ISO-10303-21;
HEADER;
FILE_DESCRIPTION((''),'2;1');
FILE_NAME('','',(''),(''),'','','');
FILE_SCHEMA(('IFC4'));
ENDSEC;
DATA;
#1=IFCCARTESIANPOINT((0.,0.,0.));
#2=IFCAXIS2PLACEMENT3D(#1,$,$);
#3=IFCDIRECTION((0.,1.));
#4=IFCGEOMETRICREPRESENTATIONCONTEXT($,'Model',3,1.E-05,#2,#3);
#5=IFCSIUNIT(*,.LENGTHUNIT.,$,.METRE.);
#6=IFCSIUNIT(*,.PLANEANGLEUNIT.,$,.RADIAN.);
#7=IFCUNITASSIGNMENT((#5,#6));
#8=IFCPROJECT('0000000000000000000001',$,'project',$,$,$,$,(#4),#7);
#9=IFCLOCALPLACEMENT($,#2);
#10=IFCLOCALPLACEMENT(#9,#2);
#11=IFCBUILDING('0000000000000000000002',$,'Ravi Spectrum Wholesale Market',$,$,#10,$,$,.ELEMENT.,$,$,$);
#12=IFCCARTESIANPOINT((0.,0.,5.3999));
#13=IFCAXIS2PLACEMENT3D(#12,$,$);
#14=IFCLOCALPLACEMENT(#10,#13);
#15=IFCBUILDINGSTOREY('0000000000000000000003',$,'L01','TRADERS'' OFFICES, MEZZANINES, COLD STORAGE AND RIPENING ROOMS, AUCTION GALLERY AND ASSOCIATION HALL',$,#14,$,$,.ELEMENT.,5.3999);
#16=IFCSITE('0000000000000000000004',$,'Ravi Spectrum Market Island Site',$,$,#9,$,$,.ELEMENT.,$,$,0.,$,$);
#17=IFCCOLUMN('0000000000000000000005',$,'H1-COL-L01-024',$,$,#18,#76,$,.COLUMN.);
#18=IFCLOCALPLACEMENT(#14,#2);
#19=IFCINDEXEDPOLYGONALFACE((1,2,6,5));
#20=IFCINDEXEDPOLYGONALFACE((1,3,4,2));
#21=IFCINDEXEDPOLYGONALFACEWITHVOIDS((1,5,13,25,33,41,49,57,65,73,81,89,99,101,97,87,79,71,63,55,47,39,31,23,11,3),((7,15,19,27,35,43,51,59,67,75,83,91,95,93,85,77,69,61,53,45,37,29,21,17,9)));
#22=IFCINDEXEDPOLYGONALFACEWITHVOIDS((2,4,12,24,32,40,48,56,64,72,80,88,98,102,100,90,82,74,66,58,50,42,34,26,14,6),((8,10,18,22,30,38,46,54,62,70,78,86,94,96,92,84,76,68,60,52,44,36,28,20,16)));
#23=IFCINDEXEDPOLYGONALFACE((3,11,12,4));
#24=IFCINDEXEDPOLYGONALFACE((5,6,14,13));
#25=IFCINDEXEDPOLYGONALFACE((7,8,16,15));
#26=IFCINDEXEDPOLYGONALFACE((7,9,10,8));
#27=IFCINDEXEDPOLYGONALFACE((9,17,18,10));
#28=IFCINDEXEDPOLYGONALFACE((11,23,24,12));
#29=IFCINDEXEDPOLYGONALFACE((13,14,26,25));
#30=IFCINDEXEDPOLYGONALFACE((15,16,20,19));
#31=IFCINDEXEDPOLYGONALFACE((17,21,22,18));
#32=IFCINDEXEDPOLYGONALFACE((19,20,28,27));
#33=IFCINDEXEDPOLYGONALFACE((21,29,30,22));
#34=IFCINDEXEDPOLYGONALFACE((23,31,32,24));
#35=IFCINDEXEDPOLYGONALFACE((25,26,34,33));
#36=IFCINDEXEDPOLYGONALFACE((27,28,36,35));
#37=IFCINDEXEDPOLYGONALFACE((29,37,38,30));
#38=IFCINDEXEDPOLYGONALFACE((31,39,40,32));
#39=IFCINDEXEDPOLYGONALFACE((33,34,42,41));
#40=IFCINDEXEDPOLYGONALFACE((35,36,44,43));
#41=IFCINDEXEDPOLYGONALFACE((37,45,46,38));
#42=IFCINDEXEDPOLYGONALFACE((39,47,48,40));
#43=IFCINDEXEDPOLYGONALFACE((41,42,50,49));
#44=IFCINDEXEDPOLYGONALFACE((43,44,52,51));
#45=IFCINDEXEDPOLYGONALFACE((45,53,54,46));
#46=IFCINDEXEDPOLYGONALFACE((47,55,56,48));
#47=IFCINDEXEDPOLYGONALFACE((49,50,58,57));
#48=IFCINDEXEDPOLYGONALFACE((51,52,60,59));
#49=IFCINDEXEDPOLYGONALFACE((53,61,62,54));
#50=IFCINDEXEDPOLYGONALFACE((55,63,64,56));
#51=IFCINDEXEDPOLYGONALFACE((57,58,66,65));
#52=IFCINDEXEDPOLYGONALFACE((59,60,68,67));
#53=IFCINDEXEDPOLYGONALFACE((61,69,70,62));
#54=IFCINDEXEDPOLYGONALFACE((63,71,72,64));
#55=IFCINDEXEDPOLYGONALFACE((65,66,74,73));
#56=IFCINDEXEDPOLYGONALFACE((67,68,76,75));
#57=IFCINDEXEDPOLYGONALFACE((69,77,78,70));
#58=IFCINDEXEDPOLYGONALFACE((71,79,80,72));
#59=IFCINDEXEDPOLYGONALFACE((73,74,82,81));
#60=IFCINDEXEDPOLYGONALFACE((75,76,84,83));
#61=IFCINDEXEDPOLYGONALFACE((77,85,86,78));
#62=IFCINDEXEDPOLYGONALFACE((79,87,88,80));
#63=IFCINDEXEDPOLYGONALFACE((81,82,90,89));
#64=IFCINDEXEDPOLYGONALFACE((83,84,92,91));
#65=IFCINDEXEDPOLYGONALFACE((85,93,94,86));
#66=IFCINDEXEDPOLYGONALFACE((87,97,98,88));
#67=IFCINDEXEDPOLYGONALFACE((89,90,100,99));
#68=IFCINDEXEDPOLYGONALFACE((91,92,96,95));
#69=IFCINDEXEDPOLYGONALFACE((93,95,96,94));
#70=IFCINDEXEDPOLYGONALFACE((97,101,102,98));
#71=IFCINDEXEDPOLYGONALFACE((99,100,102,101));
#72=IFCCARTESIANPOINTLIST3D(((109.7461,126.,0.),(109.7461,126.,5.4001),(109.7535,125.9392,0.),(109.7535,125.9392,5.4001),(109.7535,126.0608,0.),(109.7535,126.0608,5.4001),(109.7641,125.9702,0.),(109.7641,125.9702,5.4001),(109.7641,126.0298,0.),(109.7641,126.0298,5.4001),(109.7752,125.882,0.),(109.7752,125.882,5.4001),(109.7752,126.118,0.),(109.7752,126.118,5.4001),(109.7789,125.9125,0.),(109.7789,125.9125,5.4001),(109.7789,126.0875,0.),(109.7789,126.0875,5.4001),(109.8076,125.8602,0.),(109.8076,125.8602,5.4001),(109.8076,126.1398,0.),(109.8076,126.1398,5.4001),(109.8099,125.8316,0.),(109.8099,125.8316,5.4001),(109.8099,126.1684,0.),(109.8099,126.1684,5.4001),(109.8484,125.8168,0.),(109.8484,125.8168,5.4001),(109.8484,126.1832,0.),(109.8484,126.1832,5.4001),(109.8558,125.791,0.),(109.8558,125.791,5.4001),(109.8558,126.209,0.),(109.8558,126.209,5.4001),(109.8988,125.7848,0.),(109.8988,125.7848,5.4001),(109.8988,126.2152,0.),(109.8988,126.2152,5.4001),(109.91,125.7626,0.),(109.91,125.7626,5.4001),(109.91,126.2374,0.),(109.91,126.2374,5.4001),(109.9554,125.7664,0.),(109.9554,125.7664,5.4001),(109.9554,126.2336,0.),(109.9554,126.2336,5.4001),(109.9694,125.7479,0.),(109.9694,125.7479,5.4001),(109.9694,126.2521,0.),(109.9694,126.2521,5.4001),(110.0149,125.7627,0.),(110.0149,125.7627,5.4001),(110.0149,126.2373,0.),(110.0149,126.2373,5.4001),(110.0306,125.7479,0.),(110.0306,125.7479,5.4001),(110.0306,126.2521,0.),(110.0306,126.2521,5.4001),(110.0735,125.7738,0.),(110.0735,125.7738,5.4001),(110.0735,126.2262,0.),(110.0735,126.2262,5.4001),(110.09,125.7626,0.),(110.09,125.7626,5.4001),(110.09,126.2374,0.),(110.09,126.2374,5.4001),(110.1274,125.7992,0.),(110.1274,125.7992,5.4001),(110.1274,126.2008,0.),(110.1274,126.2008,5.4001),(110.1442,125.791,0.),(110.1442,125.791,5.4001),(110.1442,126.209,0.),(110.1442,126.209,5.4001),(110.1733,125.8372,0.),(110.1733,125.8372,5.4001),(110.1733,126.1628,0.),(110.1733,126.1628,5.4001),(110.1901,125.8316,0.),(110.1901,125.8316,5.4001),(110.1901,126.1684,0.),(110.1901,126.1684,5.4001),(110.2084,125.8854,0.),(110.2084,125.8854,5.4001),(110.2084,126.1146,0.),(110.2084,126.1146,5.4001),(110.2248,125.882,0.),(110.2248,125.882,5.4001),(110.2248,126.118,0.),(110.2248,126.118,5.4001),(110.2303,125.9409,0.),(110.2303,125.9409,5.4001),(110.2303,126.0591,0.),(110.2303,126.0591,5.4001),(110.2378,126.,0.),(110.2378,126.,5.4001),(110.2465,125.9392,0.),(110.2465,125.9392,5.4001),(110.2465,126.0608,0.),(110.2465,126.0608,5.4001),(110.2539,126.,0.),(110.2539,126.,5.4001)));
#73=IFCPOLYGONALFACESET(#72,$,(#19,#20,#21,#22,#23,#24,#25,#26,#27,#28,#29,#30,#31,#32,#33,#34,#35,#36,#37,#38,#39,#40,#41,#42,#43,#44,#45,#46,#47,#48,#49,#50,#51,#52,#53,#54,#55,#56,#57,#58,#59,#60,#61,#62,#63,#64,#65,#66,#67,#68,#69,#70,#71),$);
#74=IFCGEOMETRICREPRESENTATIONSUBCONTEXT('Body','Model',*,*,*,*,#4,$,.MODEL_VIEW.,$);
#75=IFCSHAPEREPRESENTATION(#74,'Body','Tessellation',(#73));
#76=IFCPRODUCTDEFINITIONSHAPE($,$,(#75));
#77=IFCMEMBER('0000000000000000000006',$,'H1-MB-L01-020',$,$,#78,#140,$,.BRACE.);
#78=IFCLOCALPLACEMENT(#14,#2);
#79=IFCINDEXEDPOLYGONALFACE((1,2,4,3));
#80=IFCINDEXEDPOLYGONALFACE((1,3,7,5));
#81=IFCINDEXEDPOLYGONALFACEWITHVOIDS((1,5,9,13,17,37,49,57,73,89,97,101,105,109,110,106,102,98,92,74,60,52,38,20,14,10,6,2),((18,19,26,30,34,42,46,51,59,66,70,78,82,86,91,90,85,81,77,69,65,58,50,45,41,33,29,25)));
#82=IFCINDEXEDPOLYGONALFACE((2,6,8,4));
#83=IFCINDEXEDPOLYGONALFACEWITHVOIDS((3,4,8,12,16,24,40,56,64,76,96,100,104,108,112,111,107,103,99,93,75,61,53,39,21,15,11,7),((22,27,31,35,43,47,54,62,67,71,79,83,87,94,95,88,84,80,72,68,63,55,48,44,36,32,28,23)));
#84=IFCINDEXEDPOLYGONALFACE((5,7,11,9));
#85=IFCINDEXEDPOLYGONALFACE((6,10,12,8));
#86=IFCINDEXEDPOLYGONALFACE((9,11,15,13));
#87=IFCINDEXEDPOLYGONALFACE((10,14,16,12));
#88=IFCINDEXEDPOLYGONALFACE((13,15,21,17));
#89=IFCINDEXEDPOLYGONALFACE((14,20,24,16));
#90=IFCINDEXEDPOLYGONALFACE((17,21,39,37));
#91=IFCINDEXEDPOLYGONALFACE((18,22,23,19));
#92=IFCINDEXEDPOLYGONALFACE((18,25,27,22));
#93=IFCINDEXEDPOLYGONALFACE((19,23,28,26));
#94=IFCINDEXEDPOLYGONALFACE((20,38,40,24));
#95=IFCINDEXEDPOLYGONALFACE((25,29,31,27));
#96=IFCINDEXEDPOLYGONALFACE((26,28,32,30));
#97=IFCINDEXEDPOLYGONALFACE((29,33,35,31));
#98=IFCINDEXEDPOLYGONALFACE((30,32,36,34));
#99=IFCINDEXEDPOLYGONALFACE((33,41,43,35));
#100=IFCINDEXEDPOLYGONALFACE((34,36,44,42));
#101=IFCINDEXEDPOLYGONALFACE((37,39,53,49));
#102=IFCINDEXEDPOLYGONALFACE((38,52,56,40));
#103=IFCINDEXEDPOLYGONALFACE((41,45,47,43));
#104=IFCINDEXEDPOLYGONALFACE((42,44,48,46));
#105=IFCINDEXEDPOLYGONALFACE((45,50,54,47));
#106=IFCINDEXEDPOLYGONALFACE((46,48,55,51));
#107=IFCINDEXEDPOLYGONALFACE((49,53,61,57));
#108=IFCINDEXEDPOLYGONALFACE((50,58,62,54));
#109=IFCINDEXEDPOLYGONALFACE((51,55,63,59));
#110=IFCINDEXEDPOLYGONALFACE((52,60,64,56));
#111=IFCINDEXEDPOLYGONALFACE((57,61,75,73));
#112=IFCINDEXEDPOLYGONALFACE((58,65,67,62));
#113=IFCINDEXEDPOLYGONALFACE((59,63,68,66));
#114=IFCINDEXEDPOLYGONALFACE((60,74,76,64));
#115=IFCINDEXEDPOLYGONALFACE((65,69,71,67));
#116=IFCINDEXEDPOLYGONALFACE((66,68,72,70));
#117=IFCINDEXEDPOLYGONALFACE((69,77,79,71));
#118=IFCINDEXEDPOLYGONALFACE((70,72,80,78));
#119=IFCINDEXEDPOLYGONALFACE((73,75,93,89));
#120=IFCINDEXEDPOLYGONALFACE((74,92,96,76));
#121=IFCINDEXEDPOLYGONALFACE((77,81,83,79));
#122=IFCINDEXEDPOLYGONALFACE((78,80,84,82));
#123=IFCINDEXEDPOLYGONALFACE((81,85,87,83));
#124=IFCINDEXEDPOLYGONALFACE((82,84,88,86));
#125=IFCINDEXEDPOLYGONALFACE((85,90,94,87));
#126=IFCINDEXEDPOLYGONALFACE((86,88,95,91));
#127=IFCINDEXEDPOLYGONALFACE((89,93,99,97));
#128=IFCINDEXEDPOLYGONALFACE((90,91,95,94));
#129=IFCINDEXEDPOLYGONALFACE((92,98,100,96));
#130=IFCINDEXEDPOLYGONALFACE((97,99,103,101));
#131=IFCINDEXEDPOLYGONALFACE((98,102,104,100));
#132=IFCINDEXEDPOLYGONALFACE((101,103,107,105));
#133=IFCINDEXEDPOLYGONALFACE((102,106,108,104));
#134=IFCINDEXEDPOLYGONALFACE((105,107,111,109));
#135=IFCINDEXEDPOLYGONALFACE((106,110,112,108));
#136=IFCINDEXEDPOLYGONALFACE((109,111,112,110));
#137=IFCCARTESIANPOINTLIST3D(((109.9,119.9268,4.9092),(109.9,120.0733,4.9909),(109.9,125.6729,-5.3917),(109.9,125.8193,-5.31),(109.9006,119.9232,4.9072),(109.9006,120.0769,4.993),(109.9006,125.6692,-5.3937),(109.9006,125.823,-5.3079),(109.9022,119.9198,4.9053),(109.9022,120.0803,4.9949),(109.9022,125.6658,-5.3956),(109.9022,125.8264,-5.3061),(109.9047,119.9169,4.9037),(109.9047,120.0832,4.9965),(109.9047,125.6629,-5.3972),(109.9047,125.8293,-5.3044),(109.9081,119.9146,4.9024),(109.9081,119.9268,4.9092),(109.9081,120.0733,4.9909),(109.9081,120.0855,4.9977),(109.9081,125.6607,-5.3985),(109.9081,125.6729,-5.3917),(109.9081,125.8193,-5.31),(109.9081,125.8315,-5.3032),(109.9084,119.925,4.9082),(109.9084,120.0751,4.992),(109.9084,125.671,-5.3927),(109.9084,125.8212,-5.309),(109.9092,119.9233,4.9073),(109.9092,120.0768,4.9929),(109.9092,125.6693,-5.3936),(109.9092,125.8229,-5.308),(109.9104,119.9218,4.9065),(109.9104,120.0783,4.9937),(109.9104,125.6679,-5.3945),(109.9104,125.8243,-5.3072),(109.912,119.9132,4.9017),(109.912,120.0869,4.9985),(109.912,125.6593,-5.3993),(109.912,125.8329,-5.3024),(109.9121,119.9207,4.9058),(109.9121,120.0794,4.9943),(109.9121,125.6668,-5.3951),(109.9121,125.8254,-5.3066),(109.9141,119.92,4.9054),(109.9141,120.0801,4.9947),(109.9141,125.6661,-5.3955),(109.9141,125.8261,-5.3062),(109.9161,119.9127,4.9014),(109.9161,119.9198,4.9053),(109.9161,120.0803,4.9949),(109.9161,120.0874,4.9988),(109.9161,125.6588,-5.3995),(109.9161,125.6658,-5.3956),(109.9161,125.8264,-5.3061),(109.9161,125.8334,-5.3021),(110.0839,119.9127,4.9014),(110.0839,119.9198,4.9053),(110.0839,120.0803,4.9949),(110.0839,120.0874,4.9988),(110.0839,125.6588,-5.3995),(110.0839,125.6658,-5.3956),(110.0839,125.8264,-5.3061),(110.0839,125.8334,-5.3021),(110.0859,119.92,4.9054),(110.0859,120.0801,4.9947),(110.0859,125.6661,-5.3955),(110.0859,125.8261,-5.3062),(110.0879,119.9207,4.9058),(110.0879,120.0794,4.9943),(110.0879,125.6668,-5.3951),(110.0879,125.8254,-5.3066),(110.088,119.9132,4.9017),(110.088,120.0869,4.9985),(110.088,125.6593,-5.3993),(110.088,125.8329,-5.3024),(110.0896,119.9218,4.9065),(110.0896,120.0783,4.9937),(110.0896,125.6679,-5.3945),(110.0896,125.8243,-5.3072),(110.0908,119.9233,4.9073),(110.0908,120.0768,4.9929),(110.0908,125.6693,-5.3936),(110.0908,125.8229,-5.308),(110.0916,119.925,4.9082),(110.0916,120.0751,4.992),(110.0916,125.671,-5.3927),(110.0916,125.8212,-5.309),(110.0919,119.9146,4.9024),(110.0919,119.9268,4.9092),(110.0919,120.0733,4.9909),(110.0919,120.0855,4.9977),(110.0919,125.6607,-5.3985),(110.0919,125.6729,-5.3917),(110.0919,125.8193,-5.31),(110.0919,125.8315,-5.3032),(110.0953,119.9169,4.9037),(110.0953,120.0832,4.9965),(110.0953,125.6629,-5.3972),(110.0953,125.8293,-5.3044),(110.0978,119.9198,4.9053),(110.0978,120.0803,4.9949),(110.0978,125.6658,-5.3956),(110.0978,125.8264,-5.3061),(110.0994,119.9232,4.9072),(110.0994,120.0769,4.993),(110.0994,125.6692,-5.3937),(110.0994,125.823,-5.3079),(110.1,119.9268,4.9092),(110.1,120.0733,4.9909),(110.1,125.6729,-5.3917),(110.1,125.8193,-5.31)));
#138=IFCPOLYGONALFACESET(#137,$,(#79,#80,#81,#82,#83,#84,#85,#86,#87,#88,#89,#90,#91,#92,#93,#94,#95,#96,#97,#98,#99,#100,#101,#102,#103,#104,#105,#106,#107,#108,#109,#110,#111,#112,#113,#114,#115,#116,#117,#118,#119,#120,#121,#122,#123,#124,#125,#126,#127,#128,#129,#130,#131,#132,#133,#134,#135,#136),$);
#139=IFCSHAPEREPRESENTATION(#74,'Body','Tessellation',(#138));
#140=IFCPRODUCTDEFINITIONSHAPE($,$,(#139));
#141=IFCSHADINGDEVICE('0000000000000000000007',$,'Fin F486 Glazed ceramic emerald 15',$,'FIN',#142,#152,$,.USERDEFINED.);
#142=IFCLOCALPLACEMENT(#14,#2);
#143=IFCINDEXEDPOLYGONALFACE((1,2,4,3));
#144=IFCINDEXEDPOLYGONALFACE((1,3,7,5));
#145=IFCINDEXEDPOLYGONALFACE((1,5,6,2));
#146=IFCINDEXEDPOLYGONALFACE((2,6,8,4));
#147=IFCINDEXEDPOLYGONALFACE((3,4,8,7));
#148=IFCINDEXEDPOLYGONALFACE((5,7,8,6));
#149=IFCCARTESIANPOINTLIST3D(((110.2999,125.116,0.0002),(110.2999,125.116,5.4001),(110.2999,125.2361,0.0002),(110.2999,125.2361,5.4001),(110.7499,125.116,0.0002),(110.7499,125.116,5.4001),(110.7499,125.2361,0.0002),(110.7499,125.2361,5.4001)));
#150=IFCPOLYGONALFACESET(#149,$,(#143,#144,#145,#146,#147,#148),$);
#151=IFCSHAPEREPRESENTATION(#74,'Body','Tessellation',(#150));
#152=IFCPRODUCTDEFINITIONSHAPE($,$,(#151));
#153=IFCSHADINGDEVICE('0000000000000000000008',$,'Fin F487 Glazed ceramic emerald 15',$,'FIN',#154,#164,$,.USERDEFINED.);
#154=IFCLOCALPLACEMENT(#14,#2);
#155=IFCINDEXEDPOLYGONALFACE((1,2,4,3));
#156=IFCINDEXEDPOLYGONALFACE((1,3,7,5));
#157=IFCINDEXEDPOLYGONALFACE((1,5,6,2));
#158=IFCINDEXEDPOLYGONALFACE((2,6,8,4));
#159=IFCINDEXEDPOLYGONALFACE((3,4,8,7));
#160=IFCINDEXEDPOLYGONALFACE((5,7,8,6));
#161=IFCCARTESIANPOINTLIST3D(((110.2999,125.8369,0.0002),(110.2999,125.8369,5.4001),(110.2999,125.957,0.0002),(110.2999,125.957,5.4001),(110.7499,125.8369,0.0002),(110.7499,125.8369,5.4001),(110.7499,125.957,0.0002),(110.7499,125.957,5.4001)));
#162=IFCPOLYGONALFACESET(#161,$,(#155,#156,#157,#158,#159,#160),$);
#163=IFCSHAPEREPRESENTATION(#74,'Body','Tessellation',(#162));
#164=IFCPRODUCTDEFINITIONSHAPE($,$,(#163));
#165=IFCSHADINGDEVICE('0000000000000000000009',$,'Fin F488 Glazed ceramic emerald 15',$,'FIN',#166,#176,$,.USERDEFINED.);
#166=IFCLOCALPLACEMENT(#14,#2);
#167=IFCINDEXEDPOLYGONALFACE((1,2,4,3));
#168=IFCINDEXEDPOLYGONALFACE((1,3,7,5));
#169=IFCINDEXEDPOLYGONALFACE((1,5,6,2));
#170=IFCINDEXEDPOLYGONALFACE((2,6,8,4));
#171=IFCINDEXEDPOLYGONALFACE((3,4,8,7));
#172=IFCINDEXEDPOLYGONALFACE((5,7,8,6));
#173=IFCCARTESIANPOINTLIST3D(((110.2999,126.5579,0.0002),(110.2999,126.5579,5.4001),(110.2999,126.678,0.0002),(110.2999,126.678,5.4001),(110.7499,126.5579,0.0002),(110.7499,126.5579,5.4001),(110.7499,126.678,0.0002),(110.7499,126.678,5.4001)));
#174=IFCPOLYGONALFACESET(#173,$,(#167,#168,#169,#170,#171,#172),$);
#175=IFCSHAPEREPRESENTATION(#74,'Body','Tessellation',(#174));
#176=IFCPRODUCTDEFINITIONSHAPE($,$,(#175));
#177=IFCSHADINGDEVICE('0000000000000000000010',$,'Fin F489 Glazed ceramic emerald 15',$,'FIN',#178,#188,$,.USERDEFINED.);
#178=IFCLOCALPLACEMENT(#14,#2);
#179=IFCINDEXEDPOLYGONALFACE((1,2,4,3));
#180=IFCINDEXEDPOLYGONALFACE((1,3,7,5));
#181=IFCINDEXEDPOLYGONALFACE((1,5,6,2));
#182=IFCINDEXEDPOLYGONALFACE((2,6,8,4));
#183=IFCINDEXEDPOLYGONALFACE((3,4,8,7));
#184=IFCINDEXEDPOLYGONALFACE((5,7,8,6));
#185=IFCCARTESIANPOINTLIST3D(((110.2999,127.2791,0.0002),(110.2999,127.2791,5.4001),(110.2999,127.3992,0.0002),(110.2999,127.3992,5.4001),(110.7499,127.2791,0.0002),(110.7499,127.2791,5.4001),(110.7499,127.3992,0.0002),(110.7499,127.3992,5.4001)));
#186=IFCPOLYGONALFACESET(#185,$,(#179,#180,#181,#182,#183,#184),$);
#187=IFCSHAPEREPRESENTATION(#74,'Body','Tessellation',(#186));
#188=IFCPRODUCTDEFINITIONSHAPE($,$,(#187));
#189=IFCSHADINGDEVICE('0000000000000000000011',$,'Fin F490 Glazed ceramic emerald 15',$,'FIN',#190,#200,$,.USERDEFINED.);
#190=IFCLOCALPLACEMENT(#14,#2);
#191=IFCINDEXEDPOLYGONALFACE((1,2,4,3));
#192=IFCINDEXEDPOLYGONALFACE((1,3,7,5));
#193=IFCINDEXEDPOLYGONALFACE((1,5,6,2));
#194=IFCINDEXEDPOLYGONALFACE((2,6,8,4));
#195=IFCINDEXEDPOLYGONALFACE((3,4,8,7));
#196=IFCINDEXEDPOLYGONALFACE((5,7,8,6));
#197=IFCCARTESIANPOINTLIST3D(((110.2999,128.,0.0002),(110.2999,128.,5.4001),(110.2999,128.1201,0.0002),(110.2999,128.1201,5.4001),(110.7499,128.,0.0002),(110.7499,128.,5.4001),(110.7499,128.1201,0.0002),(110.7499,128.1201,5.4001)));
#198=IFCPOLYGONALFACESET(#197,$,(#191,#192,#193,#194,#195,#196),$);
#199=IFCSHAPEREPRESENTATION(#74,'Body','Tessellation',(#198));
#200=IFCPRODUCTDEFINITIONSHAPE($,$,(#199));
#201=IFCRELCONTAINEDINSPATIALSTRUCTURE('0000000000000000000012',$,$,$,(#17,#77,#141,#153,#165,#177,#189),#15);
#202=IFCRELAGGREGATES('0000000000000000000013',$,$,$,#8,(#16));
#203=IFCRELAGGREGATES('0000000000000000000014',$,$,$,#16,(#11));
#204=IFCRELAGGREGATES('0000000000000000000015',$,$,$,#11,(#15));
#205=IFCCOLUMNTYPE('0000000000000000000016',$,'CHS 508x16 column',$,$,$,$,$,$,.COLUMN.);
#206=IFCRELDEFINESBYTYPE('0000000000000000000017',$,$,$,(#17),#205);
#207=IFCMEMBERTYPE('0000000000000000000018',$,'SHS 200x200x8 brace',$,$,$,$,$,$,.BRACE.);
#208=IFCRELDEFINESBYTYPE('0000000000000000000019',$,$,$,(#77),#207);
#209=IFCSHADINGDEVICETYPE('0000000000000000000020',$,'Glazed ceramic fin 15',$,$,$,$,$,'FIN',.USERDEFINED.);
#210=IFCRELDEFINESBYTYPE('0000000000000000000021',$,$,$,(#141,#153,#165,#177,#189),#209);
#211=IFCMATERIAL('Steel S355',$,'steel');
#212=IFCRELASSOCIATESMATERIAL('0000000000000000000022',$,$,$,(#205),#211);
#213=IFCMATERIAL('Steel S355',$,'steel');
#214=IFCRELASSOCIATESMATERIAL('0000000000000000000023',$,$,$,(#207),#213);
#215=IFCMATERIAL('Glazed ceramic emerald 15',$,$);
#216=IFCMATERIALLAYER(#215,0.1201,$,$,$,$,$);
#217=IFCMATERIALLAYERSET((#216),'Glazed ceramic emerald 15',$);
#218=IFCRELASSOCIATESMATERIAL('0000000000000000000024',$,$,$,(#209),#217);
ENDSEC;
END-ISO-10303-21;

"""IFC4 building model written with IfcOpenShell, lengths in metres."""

from ifc_helpers import new_model, si_unit, direction, frame, origin, origin_2d, place, context, subcontext, project, spatial, rectangle, hollow_rectangle, hollow_circle, extrude, material, layer, layer_set, material_profile, profile_set, type_object, element, save


model = new_model("IFC4")

# Units and contexts
model_context = context("Model", 3, precision=1e-05, world=origin(), true_north=direction((0.0, 1.0)))
body_context = subcontext(model_context, "Body", "Model", "MODEL_VIEW")
ifc_project = project(units=[si_unit("LENGTHUNIT", "METRE"), si_unit("PLANEANGLEUNIT", "RADIAN")], contexts=[model_context])

# Site, building, storey
site_placement = place(None, origin())
site = spatial("IfcSite", under=ifc_project, at=site_placement, Name="Ravi Spectrum Market Island Site", CompositionType="ELEMENT", RefElevation=0.0)
building_placement = place(site_placement, origin())
building = spatial("IfcBuilding", under=site, at=building_placement, Name="Ravi Spectrum Wholesale Market", CompositionType="ELEMENT")
storey_placement = place(building_placement, frame((0.0, 0.0, 5.3999)))
storey = spatial("IfcBuildingStorey", under=building, at=storey_placement, Name="L01", Description="TRADERS' OFFICES, MEZZANINES, COLD STORAGE AND RIPENING ROOMS, AUCTION GALLERY AND ASSOCIATION HALL", CompositionType="ELEMENT", Elevation=5.3999)

# Column
ifc_material_1 = material(Name="Steel S355", Category="steel")
ifc_material_profile_1 = material_profile(ifc_material_1, hollow_circle(Radius=0.2539, WallThickness=0.0161, at=origin_2d()))
ifc_profile_set_1 = profile_set([ifc_material_profile_1], Name="Steel S355")
column_type = type_object("IfcColumnType", Name="CHS 508x16 column", PredefinedType="COLUMN", material=ifc_profile_set_1)
column_placement = place(storey_placement, frame((110.0, 126.0, 0.0), z_axis=(0.0, 0.0, 1.0), x_axis=(1.0, 0.0, 0.0)))
element("IfcColumn", 1, at=column_placement, inside=storey, type_object=column_type, Name="H1-COL-L01-024", PredefinedType="COLUMN", context=body_context, shape_type="SweptSolid", body=[
    extrude(hollow_circle(Radius=0.2539, WallThickness=0.0161, at=origin_2d()), origin(), (0.0, 0.0, 1.0), 5.4001),
])

# Member
ifc_material_2 = material(Name="Steel S355", Category="steel")
ifc_material_profile_2 = material_profile(ifc_material_2, hollow_rectangle(XDim=0.2, YDim=0.2, WallThickness=0.0081, InnerFilletRadius=0.0081, OuterFilletRadius=0.0161, at=origin_2d()))
ifc_profile_set_2 = profile_set([ifc_material_profile_2], Name="Steel S355")
member_type = type_object("IfcMemberType", Name="SHS 200x200x8 brace", PredefinedType="BRACE", material=ifc_profile_set_2)
member_placement = place(storey_placement, frame((110.0, 125.7461, -5.3508), z_axis=(0.0, -0.487152, 0.873317), x_axis=(1.0, 0.0, 0.0)))
element("IfcMember", 2, at=member_placement, inside=storey, type_object=member_type, Name="H1-MB-L01-020", PredefinedType="BRACE", context=body_context, shape_type="SweptSolid", body=[
    extrude(hollow_rectangle(XDim=0.2, YDim=0.2, WallThickness=0.0081, InnerFilletRadius=0.0081, OuterFilletRadius=0.0161, at=origin_2d()), origin(), (0.0, 0.0, 1.0), 11.7952),
])

# Shading devices
ifc_material_3 = material(Name="Glazed ceramic emerald 15")
ifc_layer_1 = layer(ifc_material_3, 0.1201)
ifc_layer_set_1 = layer_set([ifc_layer_1], Name="Glazed ceramic emerald 15")
shading_device_type_1 = type_object("IfcShadingDeviceType", Name="Glazed ceramic fin 15", ElementType="FIN", PredefinedType="USERDEFINED", material=ifc_layer_set_1)
for number, where, z_axis, x_axis, name in (
    (3, (110.5249, 125.176, 0.0002), (0.0, 0.0, 1.0), (0.0, 1.0, 0.0), "Fin F486 Glazed ceramic emerald 15"),
    (4, (110.5249, 125.897, 0.0002), (0.0, 0.0, 1.0), (0.0, 1.0, 0.0), "Fin F487 Glazed ceramic emerald 15"),
    (5, (110.5249, 126.6179, 0.0002), (0.0, 0.0, 1.0), (0.0, 1.0, 0.0), "Fin F488 Glazed ceramic emerald 15"),
    (6, (110.5249, 127.3391, 0.0002), (0.0, 0.0, 1.0), (0.0, 1.0, 0.0), "Fin F489 Glazed ceramic emerald 15"),
    (7, (110.5249, 128.0601, 0.0002), (0.0, 0.0, 1.0), (0.0, 1.0, 0.0), "Fin F490 Glazed ceramic emerald 15"),
):
    element("IfcShadingDevice", number, at=place(storey_placement, frame(where, z_axis=z_axis, x_axis=x_axis)), inside=storey, type_object=shading_device_type_1, Name=name, ObjectType="FIN", PredefinedType="USERDEFINED", context=body_context, shape_type="SweptSolid", body=[
        extrude(rectangle(XDim=0.1201, YDim=0.45, at=origin_2d()), origin(), (0.0, 0.0, 1.0), 5.3999),
    ])

save(model, "model.ifc")
